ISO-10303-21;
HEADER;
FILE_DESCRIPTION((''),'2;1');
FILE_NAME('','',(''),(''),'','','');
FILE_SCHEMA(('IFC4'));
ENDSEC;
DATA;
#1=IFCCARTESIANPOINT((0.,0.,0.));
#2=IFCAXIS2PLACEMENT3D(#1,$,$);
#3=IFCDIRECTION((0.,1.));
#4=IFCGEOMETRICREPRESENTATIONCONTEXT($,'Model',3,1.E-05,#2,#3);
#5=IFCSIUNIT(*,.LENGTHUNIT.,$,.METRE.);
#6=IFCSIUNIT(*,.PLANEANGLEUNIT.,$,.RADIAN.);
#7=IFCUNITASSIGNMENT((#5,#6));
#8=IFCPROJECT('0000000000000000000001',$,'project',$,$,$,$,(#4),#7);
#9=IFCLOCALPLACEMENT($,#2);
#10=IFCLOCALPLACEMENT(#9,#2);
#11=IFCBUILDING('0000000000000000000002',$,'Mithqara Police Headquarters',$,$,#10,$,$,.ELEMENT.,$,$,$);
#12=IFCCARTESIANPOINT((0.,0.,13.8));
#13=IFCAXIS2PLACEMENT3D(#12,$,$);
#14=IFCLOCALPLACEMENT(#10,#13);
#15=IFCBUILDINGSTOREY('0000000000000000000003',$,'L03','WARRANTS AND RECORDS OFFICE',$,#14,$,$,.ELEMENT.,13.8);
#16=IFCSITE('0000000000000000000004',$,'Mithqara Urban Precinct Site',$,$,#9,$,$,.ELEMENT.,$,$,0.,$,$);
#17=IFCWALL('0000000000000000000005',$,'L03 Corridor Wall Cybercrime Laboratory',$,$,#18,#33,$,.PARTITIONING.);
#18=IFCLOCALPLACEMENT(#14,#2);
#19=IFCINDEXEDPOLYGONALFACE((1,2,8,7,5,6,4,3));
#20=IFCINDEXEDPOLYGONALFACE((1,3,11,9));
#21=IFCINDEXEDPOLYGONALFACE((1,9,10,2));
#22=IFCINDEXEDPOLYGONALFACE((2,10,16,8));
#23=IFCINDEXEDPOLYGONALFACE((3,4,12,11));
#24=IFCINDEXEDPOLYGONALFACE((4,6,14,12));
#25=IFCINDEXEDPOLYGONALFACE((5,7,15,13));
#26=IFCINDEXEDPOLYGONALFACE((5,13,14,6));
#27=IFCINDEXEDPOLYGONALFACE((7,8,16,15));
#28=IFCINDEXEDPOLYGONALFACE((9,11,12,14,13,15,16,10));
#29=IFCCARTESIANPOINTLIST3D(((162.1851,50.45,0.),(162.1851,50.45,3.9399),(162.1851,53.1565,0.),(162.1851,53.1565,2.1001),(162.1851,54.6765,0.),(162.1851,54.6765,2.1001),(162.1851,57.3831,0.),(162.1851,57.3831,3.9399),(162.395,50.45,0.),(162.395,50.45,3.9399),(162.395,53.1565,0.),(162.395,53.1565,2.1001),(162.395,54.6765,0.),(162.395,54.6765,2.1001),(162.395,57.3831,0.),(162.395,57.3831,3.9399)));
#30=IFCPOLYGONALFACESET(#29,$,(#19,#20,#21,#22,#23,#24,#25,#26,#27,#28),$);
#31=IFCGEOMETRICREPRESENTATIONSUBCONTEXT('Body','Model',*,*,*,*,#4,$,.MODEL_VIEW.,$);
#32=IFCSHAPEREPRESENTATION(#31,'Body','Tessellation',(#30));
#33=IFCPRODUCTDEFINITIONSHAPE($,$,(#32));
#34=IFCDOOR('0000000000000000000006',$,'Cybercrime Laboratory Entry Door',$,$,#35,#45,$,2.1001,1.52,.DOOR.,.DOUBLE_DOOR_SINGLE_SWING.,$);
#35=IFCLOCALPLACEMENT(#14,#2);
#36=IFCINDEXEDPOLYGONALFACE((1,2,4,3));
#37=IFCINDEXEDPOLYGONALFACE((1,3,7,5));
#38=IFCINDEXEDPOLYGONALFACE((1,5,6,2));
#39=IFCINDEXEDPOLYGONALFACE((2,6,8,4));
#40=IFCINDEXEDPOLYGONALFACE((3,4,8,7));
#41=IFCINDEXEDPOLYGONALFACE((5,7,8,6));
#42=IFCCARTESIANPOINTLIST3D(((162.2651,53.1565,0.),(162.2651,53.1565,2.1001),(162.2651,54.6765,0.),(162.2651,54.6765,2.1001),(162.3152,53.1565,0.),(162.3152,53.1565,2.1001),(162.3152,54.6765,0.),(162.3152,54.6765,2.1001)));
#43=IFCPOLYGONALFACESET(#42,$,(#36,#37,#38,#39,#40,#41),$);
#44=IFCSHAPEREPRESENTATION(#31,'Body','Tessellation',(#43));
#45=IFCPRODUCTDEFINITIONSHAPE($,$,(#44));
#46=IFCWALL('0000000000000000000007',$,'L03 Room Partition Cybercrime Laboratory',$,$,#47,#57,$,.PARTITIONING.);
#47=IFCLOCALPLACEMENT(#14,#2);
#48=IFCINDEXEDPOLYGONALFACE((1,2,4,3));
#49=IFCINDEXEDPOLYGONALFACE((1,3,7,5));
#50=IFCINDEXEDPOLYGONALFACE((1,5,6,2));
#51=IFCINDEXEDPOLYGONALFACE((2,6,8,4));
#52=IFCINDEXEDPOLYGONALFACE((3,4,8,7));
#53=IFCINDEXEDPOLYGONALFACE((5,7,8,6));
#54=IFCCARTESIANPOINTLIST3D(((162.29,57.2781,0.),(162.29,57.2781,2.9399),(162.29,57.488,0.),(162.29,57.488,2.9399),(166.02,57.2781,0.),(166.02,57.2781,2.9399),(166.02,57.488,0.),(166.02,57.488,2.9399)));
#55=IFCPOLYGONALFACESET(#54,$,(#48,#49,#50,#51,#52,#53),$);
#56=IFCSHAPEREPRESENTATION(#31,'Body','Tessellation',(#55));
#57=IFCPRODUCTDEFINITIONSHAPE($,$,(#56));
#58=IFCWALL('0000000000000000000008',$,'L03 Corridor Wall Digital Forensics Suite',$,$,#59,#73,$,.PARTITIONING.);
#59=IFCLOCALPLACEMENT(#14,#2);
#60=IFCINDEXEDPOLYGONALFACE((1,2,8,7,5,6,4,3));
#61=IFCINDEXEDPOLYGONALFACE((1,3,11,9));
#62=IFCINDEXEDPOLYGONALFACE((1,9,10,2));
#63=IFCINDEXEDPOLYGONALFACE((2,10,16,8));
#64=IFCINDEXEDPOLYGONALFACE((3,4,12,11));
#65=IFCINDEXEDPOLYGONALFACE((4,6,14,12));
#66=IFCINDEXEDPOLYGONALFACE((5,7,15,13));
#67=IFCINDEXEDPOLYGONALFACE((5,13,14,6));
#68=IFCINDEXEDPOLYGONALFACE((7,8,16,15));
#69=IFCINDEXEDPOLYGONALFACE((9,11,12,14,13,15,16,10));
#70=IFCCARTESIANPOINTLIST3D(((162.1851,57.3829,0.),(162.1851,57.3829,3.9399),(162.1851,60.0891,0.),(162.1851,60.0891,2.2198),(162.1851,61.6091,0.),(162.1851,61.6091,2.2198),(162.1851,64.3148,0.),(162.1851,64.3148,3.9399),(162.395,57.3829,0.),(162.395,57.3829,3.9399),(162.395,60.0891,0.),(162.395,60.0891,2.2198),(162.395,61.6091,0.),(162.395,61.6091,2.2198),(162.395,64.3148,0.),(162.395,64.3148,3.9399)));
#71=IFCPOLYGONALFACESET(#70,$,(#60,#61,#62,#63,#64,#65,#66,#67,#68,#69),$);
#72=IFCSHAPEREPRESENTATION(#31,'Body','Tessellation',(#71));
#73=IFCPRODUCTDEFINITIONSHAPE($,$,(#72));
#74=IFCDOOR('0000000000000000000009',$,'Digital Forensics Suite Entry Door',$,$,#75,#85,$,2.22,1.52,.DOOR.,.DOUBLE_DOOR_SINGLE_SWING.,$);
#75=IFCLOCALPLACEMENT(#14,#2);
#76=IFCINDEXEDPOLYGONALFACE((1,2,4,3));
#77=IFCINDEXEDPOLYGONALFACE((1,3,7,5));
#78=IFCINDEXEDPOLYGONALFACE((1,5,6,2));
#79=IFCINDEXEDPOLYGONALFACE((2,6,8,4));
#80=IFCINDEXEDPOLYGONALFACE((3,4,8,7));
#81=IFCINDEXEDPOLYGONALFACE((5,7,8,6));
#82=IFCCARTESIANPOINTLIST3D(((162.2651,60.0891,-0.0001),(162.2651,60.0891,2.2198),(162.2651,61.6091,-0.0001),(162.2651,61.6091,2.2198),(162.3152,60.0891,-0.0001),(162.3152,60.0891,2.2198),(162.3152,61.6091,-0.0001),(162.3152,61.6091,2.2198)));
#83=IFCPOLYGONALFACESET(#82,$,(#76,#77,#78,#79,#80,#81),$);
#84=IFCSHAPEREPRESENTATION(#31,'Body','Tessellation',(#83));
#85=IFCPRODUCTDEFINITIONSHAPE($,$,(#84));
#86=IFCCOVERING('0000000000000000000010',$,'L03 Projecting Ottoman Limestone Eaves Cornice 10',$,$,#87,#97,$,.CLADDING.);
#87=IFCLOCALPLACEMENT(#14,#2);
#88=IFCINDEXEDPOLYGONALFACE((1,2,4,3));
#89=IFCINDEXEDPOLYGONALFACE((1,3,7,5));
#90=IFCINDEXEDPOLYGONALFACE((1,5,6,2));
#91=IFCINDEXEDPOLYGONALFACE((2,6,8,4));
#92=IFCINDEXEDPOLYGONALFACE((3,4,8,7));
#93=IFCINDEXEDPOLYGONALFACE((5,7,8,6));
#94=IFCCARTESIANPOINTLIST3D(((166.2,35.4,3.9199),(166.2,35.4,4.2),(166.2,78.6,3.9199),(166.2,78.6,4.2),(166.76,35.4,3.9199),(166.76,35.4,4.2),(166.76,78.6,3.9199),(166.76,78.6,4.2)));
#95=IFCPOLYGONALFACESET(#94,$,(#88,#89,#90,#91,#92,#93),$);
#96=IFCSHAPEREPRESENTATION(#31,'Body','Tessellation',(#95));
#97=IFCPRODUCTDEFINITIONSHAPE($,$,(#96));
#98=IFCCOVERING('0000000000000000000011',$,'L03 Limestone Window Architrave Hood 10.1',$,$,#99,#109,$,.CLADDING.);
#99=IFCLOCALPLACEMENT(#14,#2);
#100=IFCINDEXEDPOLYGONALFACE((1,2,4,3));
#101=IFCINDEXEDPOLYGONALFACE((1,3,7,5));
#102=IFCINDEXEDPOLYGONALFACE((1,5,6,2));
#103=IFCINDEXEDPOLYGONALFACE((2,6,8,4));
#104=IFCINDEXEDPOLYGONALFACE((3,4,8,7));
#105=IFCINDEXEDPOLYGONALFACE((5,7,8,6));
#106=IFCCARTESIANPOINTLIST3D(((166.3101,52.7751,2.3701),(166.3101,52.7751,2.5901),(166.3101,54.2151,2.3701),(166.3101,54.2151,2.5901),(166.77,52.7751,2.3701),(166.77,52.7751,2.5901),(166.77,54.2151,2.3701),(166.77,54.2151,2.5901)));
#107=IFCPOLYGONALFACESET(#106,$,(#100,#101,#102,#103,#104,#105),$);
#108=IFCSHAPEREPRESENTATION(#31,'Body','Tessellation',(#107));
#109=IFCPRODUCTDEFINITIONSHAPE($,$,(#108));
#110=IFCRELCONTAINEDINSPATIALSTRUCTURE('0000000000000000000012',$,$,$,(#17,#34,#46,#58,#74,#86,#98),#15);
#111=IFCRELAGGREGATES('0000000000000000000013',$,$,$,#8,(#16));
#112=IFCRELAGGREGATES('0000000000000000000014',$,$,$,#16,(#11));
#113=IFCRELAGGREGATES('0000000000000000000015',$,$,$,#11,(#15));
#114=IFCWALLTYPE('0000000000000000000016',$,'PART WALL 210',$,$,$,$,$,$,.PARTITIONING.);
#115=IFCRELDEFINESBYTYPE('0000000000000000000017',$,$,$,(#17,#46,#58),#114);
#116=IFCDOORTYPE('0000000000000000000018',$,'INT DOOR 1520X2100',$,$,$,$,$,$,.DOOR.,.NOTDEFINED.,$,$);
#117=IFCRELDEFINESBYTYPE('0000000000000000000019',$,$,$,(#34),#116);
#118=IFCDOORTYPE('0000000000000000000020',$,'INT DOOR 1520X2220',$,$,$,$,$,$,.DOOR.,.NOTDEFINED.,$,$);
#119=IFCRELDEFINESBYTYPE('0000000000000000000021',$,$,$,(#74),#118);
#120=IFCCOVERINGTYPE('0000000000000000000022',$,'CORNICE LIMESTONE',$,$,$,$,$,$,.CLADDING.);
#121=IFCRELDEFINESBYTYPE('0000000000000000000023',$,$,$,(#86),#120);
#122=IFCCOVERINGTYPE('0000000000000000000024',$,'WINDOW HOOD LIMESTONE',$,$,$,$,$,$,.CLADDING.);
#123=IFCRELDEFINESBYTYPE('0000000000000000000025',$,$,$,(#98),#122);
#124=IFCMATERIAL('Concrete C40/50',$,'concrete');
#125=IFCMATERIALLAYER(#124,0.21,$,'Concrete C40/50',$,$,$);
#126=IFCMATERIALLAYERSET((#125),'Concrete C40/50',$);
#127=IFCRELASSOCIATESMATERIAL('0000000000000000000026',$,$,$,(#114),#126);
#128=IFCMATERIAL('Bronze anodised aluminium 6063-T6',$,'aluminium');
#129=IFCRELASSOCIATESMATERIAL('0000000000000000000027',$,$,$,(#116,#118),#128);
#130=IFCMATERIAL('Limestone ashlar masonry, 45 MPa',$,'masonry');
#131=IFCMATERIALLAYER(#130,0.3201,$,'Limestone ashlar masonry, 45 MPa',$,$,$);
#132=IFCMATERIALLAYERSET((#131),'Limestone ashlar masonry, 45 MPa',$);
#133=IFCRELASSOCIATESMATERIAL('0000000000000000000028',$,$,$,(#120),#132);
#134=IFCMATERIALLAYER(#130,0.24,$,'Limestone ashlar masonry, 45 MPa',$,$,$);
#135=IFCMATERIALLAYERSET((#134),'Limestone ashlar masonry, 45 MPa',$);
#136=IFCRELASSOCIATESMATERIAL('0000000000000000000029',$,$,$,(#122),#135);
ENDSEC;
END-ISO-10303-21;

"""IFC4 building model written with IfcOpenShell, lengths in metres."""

from ifc_helpers import new_model, si_unit, direction, frame, frame_2d, origin, origin_2d, place, context, subcontext, project, spatial, rectangle, extrude, material, layer, layer_set, type_object, element, fill, save


model = new_model("IFC4")

# Units and contexts
model_context = context("Model", 3, precision=1e-05, world=origin(), true_north=direction((0.0, 1.0)))
body_context = subcontext(model_context, "Body", "Model", "MODEL_VIEW")
ifc_project = project(units=[si_unit("LENGTHUNIT", "METRE"), si_unit("PLANEANGLEUNIT", "RADIAN")], contexts=[model_context])

# Site, building, storey
site_placement = place(None, origin())
site = spatial("IfcSite", under=ifc_project, at=site_placement, Name="Mithqara Urban Precinct Site", CompositionType="ELEMENT", RefElevation=0.0)
building_placement = place(site_placement, origin())
building = spatial("IfcBuilding", under=site, at=building_placement, Name="Mithqara Police Headquarters", CompositionType="ELEMENT")
storey_placement = place(building_placement, frame((0.0, 0.0, 13.8)))
storey = spatial("IfcBuildingStorey", under=building, at=storey_placement, Name="L03", Description="WARRANTS AND RECORDS OFFICE", CompositionType="ELEMENT", Elevation=13.8)

# Shared definitions
ifc_material_1 = material(Name="Concrete C40/50", Category="concrete")

# Shared definitions
ifc_material_2 = material(Name="Bronze anodised aluminium 6063-T6", Category="aluminium")

# Shared definitions
ifc_material_3 = material(Name="Limestone ashlar masonry, 45 MPa", Category="masonry")

# Shared definitions
ifc_layer_1 = layer(ifc_material_1, 0.21, Name="Concrete C40/50")
ifc_layer_set_1 = layer_set([ifc_layer_1], Name="Concrete C40/50")
wall_type_1 = type_object("IfcWallType", Name="PART WALL 210", PredefinedType="PARTITIONING", material=ifc_layer_set_1)

# Wall, opening, door
wall_1_placement = place(storey_placement, frame((162.29, 50.45, 0.0), z_axis=(0.0, 0.0, 1.0), x_axis=(0.0, 1.0, 0.0)))
wall_1 = element("IfcWall", 1, at=wall_1_placement, inside=storey, type_object=wall_type_1, Name="L03 Corridor Wall Cybercrime Laboratory", PredefinedType="PARTITIONING", context=body_context, shape_type="SweptSolid", body=[
    extrude(rectangle(XDim=6.9331, YDim=0.21, at=frame_2d((3.4666, 0.0))), origin(), (0.0, 0.0, 1.0), 3.9399),
])
opening_1_placement = place(wall_1_placement, frame((2.7065, 0.0, 0.0)))
opening_1 = element("IfcOpeningElement", 2, at=opening_1_placement, cuts=wall_1, PredefinedType="OPENING", context=body_context, shape_type="SweptSolid", body=[
    extrude(rectangle(XDim=1.52, YDim=2.1001, at=frame_2d((0.76, 1.05))), frame((0.0, 0.115, 0.0), z_axis=(0.0, -1.0, 0.0), x_axis=(1.0, 0.0, 0.0)), (0.0, 0.0, 1.0), 0.23),
])
door_type_1 = type_object("IfcDoorType", Name="INT DOOR 1520X2100", OperationType="NOTDEFINED", PredefinedType="DOOR", material=ifc_material_2)
door_1_placement = place(opening_1_placement, origin())
door_1 = element("IfcDoor", 3, at=door_1_placement, inside=storey, type_object=door_type_1, Name="Cybercrime Laboratory Entry Door", OperationType="DOUBLE_DOOR_SINGLE_SWING", OverallHeight=2.1001, OverallWidth=1.52, PredefinedType="DOOR", context=body_context, shape_type="SweptSolid", body=[
    extrude(rectangle(XDim=1.52, YDim=2.1001, at=frame_2d((0.76, 1.05))), frame((0.0, 0.0249, 0.0), z_axis=(0.0, -1.0, 0.0), x_axis=(1.0, 0.0, 0.0)), (0.0, 0.0, 1.0), 0.05),
])
fill(opening_1, door_1)

# Wall
wall_2_placement = place(storey_placement, frame((162.29, 57.3831, 0.0), z_axis=(0.0, 0.0, 1.0), x_axis=(1.0, 0.0, 0.0)))
element("IfcWall", 4, at=wall_2_placement, inside=storey, type_object=wall_type_1, Name="L03 Room Partition Cybercrime Laboratory", PredefinedType="PARTITIONING", context=body_context, shape_type="SweptSolid", body=[
    extrude(rectangle(XDim=3.73, YDim=0.21, at=frame_2d((1.865, 0.0))), origin(), (0.0, 0.0, 1.0), 2.9399),
])

# Wall, opening, door
wall_3_placement = place(storey_placement, frame((162.29, 57.3831, 0.0), z_axis=(0.0, 0.0, 1.0), x_axis=(0.0, 1.0, 0.0)))
wall_3 = element("IfcWall", 5, at=wall_3_placement, inside=storey, type_object=wall_type_1, Name="L03 Corridor Wall Digital Forensics Suite", PredefinedType="PARTITIONING", context=body_context, shape_type="SweptSolid", body=[
    extrude(rectangle(XDim=6.9319, YDim=0.21, at=frame_2d((3.4658, 0.0))), origin(), (0.0, 0.0, 1.0), 3.9399),
])
opening_2_placement = place(wall_3_placement, frame((2.7061, 0.0, 0.0)))
opening_2 = element("IfcOpeningElement", 6, at=opening_2_placement, cuts=wall_3, PredefinedType="OPENING", context=body_context, shape_type="SweptSolid", body=[
    extrude(rectangle(XDim=1.52, YDim=2.22, at=frame_2d((0.76, 1.1099))), frame((0.0, 0.115, 0.0), z_axis=(0.0, -1.0, 0.0), x_axis=(1.0, 0.0, 0.0)), (0.0, 0.0, 1.0), 0.23),
])
door_type_2 = type_object("IfcDoorType", Name="INT DOOR 1520X2220", OperationType="NOTDEFINED", PredefinedType="DOOR", material=ifc_material_2)
door_2_placement = place(opening_2_placement, origin())
door_2 = element("IfcDoor", 7, at=door_2_placement, inside=storey, type_object=door_type_2, Name="Digital Forensics Suite Entry Door", OperationType="DOUBLE_DOOR_SINGLE_SWING", OverallHeight=2.22, OverallWidth=1.52, PredefinedType="DOOR", context=body_context, shape_type="SweptSolid", body=[
    extrude(rectangle(XDim=1.52, YDim=2.22, at=frame_2d((0.76, 1.1099))), frame((0.0, 0.0249, 0.0), z_axis=(0.0, -1.0, 0.0), x_axis=(1.0, 0.0, 0.0)), (0.0, 0.0, 1.0), 0.05),
])
fill(opening_2, door_2)

# Coverings
ifc_layer_2 = layer(ifc_material_3, 0.3201, Name="Limestone ashlar masonry, 45 MPa")
ifc_layer_set_2 = layer_set([ifc_layer_2], Name="Limestone ashlar masonry, 45 MPa")
covering_type_1 = type_object("IfcCoveringType", Name="CORNICE LIMESTONE", PredefinedType="CLADDING", material=ifc_layer_set_2)
covering_1_placement = place(storey_placement, frame((166.48, 57.0, 3.9199), z_axis=(0.0, 0.0, 1.0), x_axis=(0.0, 1.0, 0.0)))
element("IfcCovering", 8, at=covering_1_placement, inside=storey, type_object=covering_type_1, Name="L03 Projecting Ottoman Limestone Eaves Cornice 10", PredefinedType="CLADDING", context=body_context, shape_type="SweptSolid", body=[
    extrude(rectangle(XDim=43.2, YDim=0.5601, at=origin_2d()), origin(), (0.0, 0.0, 1.0), 0.28),
])
ifc_layer_3 = layer(ifc_material_3, 0.24, Name="Limestone ashlar masonry, 45 MPa")
ifc_layer_set_3 = layer_set([ifc_layer_3], Name="Limestone ashlar masonry, 45 MPa")
covering_type_2 = type_object("IfcCoveringType", Name="WINDOW HOOD LIMESTONE", PredefinedType="CLADDING", material=ifc_layer_set_3)
covering_2_placement = place(storey_placement, frame((166.54, 53.4951, 2.3701), z_axis=(0.0, 0.0, 1.0), x_axis=(0.0, 1.0, 0.0)))
element("IfcCovering", 9, at=covering_2_placement, inside=storey, type_object=covering_type_2, Name="L03 Limestone Window Architrave Hood 10.1", PredefinedType="CLADDING", context=body_context, shape_type="SweptSolid", body=[
    extrude(rectangle(XDim=1.4399, YDim=0.46, at=origin_2d()), origin(), (0.0, 0.0, 1.0), 0.22),
])

save(model, "model.ifc")
